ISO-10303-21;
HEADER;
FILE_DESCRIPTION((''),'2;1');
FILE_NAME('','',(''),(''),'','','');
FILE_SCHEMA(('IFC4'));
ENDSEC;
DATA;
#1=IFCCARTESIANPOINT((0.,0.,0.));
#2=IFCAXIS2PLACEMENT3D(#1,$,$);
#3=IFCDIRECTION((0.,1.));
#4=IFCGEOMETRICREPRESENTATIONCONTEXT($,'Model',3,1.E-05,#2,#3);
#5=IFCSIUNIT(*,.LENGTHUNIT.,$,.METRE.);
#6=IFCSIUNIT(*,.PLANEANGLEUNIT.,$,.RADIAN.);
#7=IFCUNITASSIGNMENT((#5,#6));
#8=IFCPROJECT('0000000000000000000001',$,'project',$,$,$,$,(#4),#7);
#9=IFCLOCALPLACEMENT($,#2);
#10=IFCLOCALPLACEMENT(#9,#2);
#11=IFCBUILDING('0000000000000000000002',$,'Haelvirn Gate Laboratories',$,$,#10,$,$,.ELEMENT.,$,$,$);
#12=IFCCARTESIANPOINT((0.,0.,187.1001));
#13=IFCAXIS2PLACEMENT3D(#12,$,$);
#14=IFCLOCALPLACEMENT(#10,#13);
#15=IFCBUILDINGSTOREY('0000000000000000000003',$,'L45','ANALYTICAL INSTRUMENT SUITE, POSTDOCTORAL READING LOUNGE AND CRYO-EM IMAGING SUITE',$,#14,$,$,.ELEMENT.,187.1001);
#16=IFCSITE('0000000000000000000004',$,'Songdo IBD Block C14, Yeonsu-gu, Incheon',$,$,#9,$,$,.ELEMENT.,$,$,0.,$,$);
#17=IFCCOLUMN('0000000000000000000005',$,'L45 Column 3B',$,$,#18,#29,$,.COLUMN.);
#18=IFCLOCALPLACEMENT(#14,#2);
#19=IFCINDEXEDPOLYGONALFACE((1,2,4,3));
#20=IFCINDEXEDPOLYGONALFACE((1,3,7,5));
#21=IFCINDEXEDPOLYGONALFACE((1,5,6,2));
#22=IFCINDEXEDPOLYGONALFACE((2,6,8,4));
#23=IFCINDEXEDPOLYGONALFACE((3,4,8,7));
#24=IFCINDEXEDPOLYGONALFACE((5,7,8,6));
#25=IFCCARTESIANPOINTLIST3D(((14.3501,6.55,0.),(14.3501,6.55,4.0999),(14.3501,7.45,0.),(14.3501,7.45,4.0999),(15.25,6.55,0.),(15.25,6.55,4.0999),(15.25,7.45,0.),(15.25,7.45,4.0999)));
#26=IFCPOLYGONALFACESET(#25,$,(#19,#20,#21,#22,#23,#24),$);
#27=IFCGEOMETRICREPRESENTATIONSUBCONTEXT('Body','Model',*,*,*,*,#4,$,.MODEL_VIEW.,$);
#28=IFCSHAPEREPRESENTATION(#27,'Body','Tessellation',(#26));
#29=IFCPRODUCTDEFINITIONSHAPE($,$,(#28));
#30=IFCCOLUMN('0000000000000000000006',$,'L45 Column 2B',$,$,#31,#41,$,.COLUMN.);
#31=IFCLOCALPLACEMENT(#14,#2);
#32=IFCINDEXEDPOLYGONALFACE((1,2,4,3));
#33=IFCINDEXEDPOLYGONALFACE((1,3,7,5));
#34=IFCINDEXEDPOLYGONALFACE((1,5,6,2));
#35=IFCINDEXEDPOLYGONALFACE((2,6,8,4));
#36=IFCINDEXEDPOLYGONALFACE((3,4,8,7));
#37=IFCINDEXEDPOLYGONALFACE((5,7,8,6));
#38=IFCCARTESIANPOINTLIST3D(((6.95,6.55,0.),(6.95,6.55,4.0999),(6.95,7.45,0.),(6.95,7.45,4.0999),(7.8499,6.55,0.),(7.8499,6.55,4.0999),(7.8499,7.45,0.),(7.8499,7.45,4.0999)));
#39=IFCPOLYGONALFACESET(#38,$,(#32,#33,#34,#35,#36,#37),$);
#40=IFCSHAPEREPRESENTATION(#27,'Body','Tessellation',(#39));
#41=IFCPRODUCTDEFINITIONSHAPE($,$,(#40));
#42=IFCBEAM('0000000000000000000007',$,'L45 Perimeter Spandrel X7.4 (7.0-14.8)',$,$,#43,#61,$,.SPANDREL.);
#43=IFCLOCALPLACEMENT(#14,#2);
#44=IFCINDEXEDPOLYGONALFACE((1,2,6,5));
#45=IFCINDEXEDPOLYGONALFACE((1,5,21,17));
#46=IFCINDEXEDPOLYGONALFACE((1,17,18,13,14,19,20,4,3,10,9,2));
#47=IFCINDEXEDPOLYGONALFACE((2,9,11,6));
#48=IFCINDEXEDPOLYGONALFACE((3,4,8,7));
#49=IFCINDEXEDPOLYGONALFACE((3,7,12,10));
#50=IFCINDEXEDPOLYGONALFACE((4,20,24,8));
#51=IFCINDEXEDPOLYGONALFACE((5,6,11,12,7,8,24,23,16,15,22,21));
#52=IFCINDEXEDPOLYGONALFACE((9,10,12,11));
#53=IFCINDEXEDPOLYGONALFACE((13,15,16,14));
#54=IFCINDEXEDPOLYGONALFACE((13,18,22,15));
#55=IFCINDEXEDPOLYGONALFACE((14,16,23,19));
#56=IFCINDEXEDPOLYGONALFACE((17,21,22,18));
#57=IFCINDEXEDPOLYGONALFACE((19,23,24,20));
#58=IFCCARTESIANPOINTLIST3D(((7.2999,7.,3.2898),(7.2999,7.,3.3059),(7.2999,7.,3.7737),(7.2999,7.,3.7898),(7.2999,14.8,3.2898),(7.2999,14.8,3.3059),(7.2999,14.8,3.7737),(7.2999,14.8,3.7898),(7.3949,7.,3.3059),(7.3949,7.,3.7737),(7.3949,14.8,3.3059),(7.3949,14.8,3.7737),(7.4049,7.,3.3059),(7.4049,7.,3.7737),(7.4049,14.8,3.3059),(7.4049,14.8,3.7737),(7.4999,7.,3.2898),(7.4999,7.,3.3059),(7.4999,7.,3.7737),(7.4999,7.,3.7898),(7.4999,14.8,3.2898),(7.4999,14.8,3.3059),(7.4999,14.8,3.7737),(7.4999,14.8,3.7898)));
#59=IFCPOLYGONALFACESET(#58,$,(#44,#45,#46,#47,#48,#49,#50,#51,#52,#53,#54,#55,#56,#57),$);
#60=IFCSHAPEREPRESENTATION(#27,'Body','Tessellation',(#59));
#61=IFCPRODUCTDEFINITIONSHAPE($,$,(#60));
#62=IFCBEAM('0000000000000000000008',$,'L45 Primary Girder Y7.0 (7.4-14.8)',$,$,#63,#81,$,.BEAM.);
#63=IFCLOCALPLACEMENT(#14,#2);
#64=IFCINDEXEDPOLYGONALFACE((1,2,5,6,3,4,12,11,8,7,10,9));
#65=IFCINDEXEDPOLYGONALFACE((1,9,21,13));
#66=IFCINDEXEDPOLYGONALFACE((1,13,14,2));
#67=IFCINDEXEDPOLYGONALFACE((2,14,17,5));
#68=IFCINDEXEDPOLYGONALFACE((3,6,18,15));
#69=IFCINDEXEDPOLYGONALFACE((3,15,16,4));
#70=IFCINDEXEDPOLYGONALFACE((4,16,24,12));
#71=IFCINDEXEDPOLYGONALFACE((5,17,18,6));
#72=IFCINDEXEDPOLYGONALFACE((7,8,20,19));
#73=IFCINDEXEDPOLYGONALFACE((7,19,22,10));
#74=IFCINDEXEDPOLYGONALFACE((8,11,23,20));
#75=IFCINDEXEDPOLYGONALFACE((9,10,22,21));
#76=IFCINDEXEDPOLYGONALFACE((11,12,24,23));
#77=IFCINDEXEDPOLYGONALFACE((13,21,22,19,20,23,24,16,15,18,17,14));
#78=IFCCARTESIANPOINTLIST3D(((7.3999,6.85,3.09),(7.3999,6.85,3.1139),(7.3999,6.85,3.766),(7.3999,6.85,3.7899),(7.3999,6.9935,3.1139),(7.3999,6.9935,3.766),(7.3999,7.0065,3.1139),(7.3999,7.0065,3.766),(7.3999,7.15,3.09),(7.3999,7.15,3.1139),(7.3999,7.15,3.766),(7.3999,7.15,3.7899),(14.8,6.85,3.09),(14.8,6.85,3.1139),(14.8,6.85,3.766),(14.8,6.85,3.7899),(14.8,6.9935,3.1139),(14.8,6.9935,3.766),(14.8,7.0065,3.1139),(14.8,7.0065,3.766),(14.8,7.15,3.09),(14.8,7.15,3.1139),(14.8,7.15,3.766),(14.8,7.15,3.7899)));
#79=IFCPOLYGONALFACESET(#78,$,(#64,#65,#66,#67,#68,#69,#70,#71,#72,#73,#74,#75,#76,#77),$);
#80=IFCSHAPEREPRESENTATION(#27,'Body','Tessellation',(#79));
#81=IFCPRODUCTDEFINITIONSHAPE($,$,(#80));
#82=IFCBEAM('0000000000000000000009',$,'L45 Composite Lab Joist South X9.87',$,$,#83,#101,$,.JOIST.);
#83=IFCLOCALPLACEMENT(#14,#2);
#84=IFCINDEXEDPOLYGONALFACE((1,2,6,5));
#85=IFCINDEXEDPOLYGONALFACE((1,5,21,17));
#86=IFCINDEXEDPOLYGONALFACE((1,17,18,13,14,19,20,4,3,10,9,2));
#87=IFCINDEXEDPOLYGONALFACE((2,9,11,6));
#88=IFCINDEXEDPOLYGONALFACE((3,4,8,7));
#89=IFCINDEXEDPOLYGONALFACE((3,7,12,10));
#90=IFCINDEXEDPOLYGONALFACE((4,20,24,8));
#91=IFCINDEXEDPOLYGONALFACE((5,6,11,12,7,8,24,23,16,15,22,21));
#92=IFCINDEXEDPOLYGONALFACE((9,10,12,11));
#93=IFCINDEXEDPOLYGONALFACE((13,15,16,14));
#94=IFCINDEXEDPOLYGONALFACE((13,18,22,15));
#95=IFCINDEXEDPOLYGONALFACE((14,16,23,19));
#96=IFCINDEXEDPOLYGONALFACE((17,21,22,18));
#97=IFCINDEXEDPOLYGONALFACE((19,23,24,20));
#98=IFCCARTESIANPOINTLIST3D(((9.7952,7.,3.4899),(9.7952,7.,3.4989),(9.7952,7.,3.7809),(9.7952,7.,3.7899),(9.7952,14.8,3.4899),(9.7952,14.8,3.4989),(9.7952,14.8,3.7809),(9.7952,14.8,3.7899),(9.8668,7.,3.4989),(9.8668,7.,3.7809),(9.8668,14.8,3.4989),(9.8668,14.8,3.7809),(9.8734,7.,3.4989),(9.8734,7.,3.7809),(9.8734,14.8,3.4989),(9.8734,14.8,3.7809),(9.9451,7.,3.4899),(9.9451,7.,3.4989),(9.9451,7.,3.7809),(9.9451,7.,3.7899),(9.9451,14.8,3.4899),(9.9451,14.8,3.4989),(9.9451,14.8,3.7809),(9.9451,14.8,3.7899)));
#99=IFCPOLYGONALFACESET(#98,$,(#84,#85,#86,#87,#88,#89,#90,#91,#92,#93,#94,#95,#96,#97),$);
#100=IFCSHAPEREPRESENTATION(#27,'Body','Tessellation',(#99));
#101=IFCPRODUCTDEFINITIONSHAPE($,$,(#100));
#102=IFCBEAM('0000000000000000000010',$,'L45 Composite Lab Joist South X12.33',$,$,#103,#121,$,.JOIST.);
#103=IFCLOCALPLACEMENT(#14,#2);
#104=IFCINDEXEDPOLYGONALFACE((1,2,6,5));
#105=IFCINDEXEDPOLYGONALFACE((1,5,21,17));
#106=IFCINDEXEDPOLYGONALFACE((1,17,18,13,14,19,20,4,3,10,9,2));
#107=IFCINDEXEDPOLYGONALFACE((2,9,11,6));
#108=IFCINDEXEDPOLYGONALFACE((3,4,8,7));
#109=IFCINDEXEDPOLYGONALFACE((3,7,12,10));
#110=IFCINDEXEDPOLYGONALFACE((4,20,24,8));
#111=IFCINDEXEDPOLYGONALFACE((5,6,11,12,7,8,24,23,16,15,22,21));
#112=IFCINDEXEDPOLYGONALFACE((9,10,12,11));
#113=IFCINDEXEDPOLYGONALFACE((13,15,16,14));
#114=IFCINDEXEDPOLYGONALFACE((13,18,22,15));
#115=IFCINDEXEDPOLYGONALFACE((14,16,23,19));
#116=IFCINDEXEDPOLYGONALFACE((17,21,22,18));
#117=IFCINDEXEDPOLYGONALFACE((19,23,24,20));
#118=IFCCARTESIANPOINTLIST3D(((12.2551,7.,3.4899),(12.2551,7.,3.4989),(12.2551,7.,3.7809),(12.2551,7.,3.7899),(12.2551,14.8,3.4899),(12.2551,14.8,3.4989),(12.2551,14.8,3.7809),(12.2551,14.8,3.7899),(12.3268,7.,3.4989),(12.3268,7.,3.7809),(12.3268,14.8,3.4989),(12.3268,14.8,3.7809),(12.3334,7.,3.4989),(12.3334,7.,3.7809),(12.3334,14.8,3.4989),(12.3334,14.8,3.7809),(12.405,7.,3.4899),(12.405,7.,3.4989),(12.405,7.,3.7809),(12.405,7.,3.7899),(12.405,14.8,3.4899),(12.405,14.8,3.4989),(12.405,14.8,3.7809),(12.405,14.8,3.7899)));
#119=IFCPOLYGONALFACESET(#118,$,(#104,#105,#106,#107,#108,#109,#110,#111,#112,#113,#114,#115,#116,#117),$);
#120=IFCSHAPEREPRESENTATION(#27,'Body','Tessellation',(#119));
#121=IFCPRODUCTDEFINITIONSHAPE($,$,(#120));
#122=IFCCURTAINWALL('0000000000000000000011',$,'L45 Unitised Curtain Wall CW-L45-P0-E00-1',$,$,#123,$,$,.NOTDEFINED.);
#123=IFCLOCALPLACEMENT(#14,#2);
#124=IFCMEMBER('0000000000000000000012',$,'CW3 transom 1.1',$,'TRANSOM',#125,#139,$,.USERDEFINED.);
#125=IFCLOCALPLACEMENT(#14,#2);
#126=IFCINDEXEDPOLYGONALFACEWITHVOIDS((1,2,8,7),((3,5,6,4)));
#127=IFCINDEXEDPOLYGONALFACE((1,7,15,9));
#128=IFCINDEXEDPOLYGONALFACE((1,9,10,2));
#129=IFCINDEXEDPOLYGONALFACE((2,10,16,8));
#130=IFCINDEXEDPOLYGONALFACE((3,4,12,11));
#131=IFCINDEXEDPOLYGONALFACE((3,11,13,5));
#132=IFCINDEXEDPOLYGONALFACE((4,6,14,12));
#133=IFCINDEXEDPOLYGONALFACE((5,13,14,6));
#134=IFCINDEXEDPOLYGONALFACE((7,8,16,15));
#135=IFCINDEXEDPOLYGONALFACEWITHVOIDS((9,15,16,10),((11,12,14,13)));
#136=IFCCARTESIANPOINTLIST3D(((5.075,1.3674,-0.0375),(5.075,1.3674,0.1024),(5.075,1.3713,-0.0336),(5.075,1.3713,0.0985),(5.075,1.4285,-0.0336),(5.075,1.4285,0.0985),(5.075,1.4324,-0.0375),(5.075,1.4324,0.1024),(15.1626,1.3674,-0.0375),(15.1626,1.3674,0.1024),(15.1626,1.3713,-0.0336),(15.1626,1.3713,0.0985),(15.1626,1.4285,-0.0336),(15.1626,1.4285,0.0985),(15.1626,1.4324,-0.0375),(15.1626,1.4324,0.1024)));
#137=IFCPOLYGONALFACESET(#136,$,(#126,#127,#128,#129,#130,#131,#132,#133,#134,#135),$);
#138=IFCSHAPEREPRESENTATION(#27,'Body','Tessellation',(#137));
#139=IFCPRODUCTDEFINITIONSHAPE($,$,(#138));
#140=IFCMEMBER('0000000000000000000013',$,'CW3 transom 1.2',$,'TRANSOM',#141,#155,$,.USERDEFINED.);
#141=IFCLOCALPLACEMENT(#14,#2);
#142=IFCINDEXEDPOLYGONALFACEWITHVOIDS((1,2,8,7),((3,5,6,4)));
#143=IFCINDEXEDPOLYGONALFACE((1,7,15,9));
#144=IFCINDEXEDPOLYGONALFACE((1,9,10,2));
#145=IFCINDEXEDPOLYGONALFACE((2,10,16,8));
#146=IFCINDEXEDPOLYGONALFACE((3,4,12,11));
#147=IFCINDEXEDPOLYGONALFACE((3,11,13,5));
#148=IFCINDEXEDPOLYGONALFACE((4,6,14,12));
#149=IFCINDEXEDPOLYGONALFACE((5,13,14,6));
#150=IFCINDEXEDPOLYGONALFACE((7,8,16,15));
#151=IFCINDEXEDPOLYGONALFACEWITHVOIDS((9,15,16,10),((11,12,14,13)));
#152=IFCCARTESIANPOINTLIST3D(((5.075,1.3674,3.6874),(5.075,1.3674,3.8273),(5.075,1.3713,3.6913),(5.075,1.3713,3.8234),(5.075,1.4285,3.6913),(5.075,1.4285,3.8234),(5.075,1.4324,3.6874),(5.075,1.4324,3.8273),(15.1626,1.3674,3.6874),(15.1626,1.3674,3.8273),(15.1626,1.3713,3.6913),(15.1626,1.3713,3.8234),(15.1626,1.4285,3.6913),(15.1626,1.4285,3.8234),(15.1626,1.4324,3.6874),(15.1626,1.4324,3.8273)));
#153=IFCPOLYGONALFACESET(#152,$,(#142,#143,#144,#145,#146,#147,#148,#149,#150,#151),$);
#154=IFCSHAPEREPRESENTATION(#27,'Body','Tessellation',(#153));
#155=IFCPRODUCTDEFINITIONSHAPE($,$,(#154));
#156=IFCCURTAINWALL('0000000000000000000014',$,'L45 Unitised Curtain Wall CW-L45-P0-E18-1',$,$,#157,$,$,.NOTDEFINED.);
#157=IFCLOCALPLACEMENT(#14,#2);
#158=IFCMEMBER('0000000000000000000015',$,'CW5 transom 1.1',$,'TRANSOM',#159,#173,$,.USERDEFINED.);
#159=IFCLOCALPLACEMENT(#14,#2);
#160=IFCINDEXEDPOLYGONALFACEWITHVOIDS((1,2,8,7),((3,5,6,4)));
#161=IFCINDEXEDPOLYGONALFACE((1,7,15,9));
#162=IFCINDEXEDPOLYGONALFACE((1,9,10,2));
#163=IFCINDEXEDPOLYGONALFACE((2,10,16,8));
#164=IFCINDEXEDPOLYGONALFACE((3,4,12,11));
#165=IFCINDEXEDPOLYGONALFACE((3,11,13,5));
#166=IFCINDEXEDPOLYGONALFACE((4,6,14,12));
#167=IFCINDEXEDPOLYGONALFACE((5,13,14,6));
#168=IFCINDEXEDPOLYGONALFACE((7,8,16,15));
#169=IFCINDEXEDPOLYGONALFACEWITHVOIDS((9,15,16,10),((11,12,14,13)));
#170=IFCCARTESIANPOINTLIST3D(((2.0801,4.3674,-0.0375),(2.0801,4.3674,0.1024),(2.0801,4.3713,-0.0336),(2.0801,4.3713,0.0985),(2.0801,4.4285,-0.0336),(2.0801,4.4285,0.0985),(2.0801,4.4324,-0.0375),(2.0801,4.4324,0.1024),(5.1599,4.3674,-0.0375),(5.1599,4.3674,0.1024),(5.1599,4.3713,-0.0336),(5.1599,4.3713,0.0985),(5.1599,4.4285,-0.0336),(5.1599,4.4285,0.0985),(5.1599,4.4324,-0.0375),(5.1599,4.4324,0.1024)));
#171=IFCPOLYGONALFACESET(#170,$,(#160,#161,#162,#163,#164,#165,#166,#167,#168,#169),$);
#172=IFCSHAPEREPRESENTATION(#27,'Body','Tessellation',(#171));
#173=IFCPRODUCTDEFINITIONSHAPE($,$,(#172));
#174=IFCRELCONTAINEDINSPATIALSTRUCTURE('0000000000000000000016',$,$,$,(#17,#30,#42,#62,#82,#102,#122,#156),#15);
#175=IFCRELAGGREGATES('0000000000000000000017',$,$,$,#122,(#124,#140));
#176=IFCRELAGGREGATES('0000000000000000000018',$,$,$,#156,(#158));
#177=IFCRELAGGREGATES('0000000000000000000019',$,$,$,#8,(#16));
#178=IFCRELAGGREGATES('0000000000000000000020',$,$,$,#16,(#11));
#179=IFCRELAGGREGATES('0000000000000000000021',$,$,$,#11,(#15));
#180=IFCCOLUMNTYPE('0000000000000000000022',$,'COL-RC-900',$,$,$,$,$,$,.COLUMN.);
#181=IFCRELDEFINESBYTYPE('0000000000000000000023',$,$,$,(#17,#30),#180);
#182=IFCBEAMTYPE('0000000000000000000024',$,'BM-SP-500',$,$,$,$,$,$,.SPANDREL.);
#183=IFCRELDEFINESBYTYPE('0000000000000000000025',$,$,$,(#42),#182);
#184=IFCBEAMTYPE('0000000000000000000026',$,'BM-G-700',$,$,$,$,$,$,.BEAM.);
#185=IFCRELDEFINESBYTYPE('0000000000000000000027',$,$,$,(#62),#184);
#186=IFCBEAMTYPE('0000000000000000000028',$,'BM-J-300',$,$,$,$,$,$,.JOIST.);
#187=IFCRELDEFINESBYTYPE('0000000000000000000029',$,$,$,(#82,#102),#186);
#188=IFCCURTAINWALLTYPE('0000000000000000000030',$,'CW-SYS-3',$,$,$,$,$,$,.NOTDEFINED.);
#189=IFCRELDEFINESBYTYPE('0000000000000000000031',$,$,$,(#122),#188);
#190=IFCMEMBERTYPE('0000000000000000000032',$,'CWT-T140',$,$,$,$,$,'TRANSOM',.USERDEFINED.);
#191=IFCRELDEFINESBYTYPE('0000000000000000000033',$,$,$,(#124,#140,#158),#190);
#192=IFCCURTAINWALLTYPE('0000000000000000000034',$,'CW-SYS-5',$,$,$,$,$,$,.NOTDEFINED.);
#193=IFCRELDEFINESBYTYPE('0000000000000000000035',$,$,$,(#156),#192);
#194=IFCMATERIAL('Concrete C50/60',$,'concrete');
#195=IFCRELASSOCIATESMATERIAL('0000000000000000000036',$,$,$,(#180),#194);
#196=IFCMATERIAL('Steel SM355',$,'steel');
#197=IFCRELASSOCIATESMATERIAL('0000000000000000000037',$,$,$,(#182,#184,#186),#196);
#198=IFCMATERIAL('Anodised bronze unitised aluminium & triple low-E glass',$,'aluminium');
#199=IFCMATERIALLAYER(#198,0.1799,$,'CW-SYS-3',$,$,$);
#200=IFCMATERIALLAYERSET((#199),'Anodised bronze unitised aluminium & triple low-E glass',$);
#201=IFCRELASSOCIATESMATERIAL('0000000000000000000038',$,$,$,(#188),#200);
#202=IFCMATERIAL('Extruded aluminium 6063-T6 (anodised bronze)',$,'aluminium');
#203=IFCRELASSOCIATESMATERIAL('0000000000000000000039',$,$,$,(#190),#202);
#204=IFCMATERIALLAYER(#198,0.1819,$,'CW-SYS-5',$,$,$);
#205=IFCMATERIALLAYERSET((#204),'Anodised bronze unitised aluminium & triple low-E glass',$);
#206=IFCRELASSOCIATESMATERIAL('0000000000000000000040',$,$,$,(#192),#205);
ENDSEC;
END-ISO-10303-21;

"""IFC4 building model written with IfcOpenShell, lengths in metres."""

from ifc_helpers import new_model, si_unit, direction, frame, origin, origin_2d, place, context, subcontext, project, spatial, rectangle, hollow_rectangle, i_section, extrude, source, transform, mapped, material, layer, layer_set, material_profile, profile_set, type_object, type_shapes, element, aggregate, save


model = new_model("IFC4")

# Units and contexts
model_context = context("Model", 3, precision=1e-05, world=origin(), true_north=direction((0.0, 1.0)))
body_context = subcontext(model_context, "Body", "Model", "MODEL_VIEW")
ifc_project = project(units=[si_unit("LENGTHUNIT", "METRE"), si_unit("PLANEANGLEUNIT", "RADIAN")], contexts=[model_context])

# Site, building, storey
site_placement = place(None, origin())
site = spatial("IfcSite", under=ifc_project, at=site_placement, Name="Songdo IBD Block C14, Yeonsu-gu, Incheon", CompositionType="ELEMENT", RefElevation=0.0)
building_placement = place(site_placement, origin())
building = spatial("IfcBuilding", under=site, at=building_placement, Name="Haelvirn Gate Laboratories", CompositionType="ELEMENT")
storey_placement = place(building_placement, frame((0.0, 0.0, 187.1001)))
storey = spatial("IfcBuildingStorey", under=building, at=storey_placement, Name="L45", Description="ANALYTICAL INSTRUMENT SUITE, POSTDOCTORAL READING LOUNGE AND CRYO-EM IMAGING SUITE", CompositionType="ELEMENT", Elevation=187.1001)

# Columns
ifc_material_1 = material(Name="Concrete C50/60", Category="concrete")
ifc_material_profile_1 = material_profile(ifc_material_1, rectangle(XDim=0.8999, YDim=0.8999, at=origin_2d()), Name="RC-900x900")
ifc_profile_set_1 = profile_set([ifc_material_profile_1], Name="Concrete C50/60")
column_type = type_object("IfcColumnType", Name="COL-RC-900", PredefinedType="COLUMN", material=ifc_profile_set_1)
shared_shape_1 = source(origin(), body_context, "Body", "SweptSolid", [
    extrude(rectangle(XDim=0.8999, YDim=0.8999, at=origin_2d()), origin(), (0.0, 0.0, 1.0), 4.0999),
])
type_shapes(column_type, [shared_shape_1])
for number, where, z_axis, x_axis, name in (
    (1, (14.8, 7.0, 0.0), (0.0, 0.0, 1.0), (1.0, 0.0, 0.0), "L45 Column 3B"),
    (2, (7.3999, 7.0, 0.0), (0.0, 0.0, 1.0), (1.0, 0.0, 0.0), "L45 Column 2B"),
):
    element("IfcColumn", number, at=place(storey_placement, frame(where, z_axis=z_axis, x_axis=x_axis)), inside=storey, type_object=column_type, Name=name, PredefinedType="COLUMN", context=body_context, shape_type="MappedRepresentation", body=[
        mapped(shared_shape_1, transform((0.0, 0.0, 0.0), scale=1.0)),
    ])

# Beams
ifc_material_2 = material(Name="Steel SM355", Category="steel")
ifc_material_profile_2 = material_profile(ifc_material_2, i_section(OverallWidth=0.2, OverallDepth=0.5, WebThickness=0.01, FlangeThickness=0.0161, at=origin_2d()), Name="H-500x200x10x16")
ifc_profile_set_2 = profile_set([ifc_material_profile_2], Name="Steel SM355")
beam_type_1 = type_object("IfcBeamType", Name="BM-SP-500", PredefinedType="SPANDREL", material=ifc_profile_set_2)
shared_shape_2 = source(origin(), body_context, "Body", "SweptSolid", [
    extrude(i_section(OverallWidth=0.2, OverallDepth=0.5, WebThickness=0.01, FlangeThickness=0.0161, at=origin_2d()), origin(), (0.0, 0.0, 1.0), 7.8),
])
type_shapes(beam_type_1, [shared_shape_2])
beam_1_placement = place(storey_placement, frame((7.3999, 7.0, 3.5398), z_axis=(0.0, 1.0, 0.0), x_axis=(-1.0, 0.0, 0.0)))
element("IfcBeam", 3, at=beam_1_placement, inside=storey, type_object=beam_type_1, Name="L45 Perimeter Spandrel X7.4 (7.0-14.8)", PredefinedType="SPANDREL", context=body_context, shape_type="MappedRepresentation", body=[
    mapped(shared_shape_2, transform((0.0, 0.0, 0.0), scale=1.0)),
])
ifc_material_profile_3 = material_profile(ifc_material_2, i_section(OverallWidth=0.3, OverallDepth=0.7, WebThickness=0.0129, FlangeThickness=0.0239, at=origin_2d()), Name="H-700x300x13x24")
ifc_profile_set_3 = profile_set([ifc_material_profile_3], Name="Steel SM355")
beam_type_2 = type_object("IfcBeamType", Name="BM-G-700", PredefinedType="BEAM", material=ifc_profile_set_3)
shared_shape_3 = source(origin(), body_context, "Body", "SweptSolid", [
    extrude(i_section(OverallWidth=0.3, OverallDepth=0.7, WebThickness=0.0129, FlangeThickness=0.0239, at=origin_2d()), origin(), (0.0, 0.0, 1.0), 7.4001),
])
type_shapes(beam_type_2, [shared_shape_3])
beam_2_placement = place(storey_placement, frame((7.3999, 7.0, 3.4399), z_axis=(1.0, 0.0, 0.0), x_axis=(0.0, 1.0, 0.0)))
element("IfcBeam", 4, at=beam_2_placement, inside=storey, type_object=beam_type_2, Name="L45 Primary Girder Y7.0 (7.4-14.8)", PredefinedType="BEAM", context=body_context, shape_type="MappedRepresentation", body=[
    mapped(shared_shape_3, transform((0.0, 0.0, 0.0), scale=1.0)),
])
ifc_material_profile_4 = material_profile(ifc_material_2, i_section(OverallWidth=0.1499, OverallDepth=0.3, WebThickness=0.0066, FlangeThickness=0.009, at=origin_2d()), Name="H-300x150x6.5x9")
ifc_profile_set_4 = profile_set([ifc_material_profile_4], Name="Steel SM355")
beam_type_3 = type_object("IfcBeamType", Name="BM-J-300", PredefinedType="JOIST", material=ifc_profile_set_4)
shared_shape_4 = source(origin(), body_context, "Body", "SweptSolid", [
    extrude(i_section(OverallWidth=0.1499, OverallDepth=0.3, WebThickness=0.0066, FlangeThickness=0.009, at=origin_2d()), origin(), (0.0, 0.0, 1.0), 7.8),
])
type_shapes(beam_type_3, [shared_shape_4])
for number, where, z_axis, x_axis, name in (
    (5, (9.8701, 7.0, 3.6399), (0.0, 1.0, 0.0), (-1.0, 0.0, 0.0), "L45 Composite Lab Joist South X9.87"),
    (6, (12.3301, 7.0, 3.6399), (0.0, 1.0, 0.0), (-1.0, 0.0, 0.0), "L45 Composite Lab Joist South X12.33"),
):
    element("IfcBeam", number, at=place(storey_placement, frame(where, z_axis=z_axis, x_axis=x_axis)), inside=storey, type_object=beam_type_3, Name=name, PredefinedType="JOIST", context=body_context, shape_type="MappedRepresentation", body=[
        mapped(shared_shape_4, transform((0.0, 0.0, 0.0), scale=1.0)),
    ])

# Curtain walls, members
ifc_material_3 = material(Name="Anodised bronze unitised aluminium & triple low-E glass", Category="aluminium")
ifc_layer_1 = layer(ifc_material_3, 0.1799, Name="CW-SYS-3")
ifc_layer_set_1 = layer_set([ifc_layer_1], Name="Anodised bronze unitised aluminium & triple low-E glass")
curtain_wall_type_1 = type_object("IfcCurtainWallType", Name="CW-SYS-3", PredefinedType="NOTDEFINED", material=ifc_layer_set_1)
curtain_wall_1_placement = place(storey_placement, origin())
curtain_wall_1 = element("IfcCurtainWall", 7, at=curtain_wall_1_placement, inside=storey, type_object=curtain_wall_type_1, Name="L45 Unitised Curtain Wall CW-L45-P0-E00-1", PredefinedType="NOTDEFINED")
ifc_material_4 = material(Name="Extruded aluminium 6063-T6 (anodised bronze)", Category="aluminium")
ifc_material_profile_5 = material_profile(ifc_material_4, hollow_rectangle(XDim=0.0649, YDim=0.1399, WallThickness=0.0039, at=origin_2d()), Name="CWT-140x65x4")
ifc_profile_set_5 = profile_set([ifc_material_profile_5], Name="Extruded aluminium 6063-T6 (anodised bronze)")
member_type_1 = type_object("IfcMemberType", Name="CWT-T140", ElementType="TRANSOM", PredefinedType="USERDEFINED", material=ifc_profile_set_5)
shared_shape_5 = source(origin(), body_context, "Body", "SweptSolid", [
    extrude(hollow_rectangle(XDim=0.0649, YDim=0.1399, WallThickness=0.0039, at=origin_2d()), origin(), (0.0, 0.0, 1.0), 10.0876),
])
member_1_placement = place(storey_placement, frame((5.075, 1.3999, 0.0325), z_axis=(1.0, 0.0, 0.0), x_axis=(0.0, 1.0, 0.0)))
member_1 = element("IfcMember", 8, at=member_1_placement, type_object=member_type_1, Name="CW3 transom 1.1", ObjectType="TRANSOM", PredefinedType="USERDEFINED", context=body_context, shape_type="MappedRepresentation", body=[
    mapped(shared_shape_5, transform((0.0, 0.0, 0.0), scale=1.0)),
])
member_2_placement = place(storey_placement, frame((5.075, 1.3999, 3.7573), z_axis=(1.0, 0.0, 0.0), x_axis=(0.0, 1.0, 0.0)))
member_2 = element("IfcMember", 9, at=member_2_placement, type_object=member_type_1, Name="CW3 transom 1.2", ObjectType="TRANSOM", PredefinedType="USERDEFINED", context=body_context, shape_type="MappedRepresentation", body=[
    mapped(shared_shape_5, transform((0.0, 0.0, 0.0), scale=1.0)),
])
ifc_layer_2 = layer(ifc_material_3, 0.1819, Name="CW-SYS-5")
ifc_layer_set_2 = layer_set([ifc_layer_2], Name="Anodised bronze unitised aluminium & triple low-E glass")
curtain_wall_type_2 = type_object("IfcCurtainWallType", Name="CW-SYS-5", PredefinedType="NOTDEFINED", material=ifc_layer_set_2)
curtain_wall_2_placement = place(storey_placement, origin())
curtain_wall_2 = element("IfcCurtainWall", 10, at=curtain_wall_2_placement, inside=storey, type_object=curtain_wall_type_2, Name="L45 Unitised Curtain Wall CW-L45-P0-E18-1", PredefinedType="NOTDEFINED")
shared_shape_6 = source(origin(), body_context, "Body", "SweptSolid", [
    extrude(hollow_rectangle(XDim=0.0649, YDim=0.1399, WallThickness=0.0039, at=origin_2d()), origin(), (0.0, 0.0, 1.0), 3.0798),
])
type_shapes(member_type_1, [shared_shape_5, shared_shape_6])
member_3_placement = place(storey_placement, frame((2.0801, 4.3999, 0.0325), z_axis=(1.0, 0.0, 0.0), x_axis=(0.0, 1.0, 0.0)))
member_3 = element("IfcMember", 11, at=member_3_placement, type_object=member_type_1, Name="CW5 transom 1.1", ObjectType="TRANSOM", PredefinedType="USERDEFINED", context=body_context, shape_type="MappedRepresentation", body=[
    mapped(shared_shape_6, transform((0.0, 0.0, 0.0), scale=1.0)),
])

aggregate(curtain_wall_1, [member_1, member_2])
aggregate(curtain_wall_2, [member_3])

save(model, "model.ifc")
